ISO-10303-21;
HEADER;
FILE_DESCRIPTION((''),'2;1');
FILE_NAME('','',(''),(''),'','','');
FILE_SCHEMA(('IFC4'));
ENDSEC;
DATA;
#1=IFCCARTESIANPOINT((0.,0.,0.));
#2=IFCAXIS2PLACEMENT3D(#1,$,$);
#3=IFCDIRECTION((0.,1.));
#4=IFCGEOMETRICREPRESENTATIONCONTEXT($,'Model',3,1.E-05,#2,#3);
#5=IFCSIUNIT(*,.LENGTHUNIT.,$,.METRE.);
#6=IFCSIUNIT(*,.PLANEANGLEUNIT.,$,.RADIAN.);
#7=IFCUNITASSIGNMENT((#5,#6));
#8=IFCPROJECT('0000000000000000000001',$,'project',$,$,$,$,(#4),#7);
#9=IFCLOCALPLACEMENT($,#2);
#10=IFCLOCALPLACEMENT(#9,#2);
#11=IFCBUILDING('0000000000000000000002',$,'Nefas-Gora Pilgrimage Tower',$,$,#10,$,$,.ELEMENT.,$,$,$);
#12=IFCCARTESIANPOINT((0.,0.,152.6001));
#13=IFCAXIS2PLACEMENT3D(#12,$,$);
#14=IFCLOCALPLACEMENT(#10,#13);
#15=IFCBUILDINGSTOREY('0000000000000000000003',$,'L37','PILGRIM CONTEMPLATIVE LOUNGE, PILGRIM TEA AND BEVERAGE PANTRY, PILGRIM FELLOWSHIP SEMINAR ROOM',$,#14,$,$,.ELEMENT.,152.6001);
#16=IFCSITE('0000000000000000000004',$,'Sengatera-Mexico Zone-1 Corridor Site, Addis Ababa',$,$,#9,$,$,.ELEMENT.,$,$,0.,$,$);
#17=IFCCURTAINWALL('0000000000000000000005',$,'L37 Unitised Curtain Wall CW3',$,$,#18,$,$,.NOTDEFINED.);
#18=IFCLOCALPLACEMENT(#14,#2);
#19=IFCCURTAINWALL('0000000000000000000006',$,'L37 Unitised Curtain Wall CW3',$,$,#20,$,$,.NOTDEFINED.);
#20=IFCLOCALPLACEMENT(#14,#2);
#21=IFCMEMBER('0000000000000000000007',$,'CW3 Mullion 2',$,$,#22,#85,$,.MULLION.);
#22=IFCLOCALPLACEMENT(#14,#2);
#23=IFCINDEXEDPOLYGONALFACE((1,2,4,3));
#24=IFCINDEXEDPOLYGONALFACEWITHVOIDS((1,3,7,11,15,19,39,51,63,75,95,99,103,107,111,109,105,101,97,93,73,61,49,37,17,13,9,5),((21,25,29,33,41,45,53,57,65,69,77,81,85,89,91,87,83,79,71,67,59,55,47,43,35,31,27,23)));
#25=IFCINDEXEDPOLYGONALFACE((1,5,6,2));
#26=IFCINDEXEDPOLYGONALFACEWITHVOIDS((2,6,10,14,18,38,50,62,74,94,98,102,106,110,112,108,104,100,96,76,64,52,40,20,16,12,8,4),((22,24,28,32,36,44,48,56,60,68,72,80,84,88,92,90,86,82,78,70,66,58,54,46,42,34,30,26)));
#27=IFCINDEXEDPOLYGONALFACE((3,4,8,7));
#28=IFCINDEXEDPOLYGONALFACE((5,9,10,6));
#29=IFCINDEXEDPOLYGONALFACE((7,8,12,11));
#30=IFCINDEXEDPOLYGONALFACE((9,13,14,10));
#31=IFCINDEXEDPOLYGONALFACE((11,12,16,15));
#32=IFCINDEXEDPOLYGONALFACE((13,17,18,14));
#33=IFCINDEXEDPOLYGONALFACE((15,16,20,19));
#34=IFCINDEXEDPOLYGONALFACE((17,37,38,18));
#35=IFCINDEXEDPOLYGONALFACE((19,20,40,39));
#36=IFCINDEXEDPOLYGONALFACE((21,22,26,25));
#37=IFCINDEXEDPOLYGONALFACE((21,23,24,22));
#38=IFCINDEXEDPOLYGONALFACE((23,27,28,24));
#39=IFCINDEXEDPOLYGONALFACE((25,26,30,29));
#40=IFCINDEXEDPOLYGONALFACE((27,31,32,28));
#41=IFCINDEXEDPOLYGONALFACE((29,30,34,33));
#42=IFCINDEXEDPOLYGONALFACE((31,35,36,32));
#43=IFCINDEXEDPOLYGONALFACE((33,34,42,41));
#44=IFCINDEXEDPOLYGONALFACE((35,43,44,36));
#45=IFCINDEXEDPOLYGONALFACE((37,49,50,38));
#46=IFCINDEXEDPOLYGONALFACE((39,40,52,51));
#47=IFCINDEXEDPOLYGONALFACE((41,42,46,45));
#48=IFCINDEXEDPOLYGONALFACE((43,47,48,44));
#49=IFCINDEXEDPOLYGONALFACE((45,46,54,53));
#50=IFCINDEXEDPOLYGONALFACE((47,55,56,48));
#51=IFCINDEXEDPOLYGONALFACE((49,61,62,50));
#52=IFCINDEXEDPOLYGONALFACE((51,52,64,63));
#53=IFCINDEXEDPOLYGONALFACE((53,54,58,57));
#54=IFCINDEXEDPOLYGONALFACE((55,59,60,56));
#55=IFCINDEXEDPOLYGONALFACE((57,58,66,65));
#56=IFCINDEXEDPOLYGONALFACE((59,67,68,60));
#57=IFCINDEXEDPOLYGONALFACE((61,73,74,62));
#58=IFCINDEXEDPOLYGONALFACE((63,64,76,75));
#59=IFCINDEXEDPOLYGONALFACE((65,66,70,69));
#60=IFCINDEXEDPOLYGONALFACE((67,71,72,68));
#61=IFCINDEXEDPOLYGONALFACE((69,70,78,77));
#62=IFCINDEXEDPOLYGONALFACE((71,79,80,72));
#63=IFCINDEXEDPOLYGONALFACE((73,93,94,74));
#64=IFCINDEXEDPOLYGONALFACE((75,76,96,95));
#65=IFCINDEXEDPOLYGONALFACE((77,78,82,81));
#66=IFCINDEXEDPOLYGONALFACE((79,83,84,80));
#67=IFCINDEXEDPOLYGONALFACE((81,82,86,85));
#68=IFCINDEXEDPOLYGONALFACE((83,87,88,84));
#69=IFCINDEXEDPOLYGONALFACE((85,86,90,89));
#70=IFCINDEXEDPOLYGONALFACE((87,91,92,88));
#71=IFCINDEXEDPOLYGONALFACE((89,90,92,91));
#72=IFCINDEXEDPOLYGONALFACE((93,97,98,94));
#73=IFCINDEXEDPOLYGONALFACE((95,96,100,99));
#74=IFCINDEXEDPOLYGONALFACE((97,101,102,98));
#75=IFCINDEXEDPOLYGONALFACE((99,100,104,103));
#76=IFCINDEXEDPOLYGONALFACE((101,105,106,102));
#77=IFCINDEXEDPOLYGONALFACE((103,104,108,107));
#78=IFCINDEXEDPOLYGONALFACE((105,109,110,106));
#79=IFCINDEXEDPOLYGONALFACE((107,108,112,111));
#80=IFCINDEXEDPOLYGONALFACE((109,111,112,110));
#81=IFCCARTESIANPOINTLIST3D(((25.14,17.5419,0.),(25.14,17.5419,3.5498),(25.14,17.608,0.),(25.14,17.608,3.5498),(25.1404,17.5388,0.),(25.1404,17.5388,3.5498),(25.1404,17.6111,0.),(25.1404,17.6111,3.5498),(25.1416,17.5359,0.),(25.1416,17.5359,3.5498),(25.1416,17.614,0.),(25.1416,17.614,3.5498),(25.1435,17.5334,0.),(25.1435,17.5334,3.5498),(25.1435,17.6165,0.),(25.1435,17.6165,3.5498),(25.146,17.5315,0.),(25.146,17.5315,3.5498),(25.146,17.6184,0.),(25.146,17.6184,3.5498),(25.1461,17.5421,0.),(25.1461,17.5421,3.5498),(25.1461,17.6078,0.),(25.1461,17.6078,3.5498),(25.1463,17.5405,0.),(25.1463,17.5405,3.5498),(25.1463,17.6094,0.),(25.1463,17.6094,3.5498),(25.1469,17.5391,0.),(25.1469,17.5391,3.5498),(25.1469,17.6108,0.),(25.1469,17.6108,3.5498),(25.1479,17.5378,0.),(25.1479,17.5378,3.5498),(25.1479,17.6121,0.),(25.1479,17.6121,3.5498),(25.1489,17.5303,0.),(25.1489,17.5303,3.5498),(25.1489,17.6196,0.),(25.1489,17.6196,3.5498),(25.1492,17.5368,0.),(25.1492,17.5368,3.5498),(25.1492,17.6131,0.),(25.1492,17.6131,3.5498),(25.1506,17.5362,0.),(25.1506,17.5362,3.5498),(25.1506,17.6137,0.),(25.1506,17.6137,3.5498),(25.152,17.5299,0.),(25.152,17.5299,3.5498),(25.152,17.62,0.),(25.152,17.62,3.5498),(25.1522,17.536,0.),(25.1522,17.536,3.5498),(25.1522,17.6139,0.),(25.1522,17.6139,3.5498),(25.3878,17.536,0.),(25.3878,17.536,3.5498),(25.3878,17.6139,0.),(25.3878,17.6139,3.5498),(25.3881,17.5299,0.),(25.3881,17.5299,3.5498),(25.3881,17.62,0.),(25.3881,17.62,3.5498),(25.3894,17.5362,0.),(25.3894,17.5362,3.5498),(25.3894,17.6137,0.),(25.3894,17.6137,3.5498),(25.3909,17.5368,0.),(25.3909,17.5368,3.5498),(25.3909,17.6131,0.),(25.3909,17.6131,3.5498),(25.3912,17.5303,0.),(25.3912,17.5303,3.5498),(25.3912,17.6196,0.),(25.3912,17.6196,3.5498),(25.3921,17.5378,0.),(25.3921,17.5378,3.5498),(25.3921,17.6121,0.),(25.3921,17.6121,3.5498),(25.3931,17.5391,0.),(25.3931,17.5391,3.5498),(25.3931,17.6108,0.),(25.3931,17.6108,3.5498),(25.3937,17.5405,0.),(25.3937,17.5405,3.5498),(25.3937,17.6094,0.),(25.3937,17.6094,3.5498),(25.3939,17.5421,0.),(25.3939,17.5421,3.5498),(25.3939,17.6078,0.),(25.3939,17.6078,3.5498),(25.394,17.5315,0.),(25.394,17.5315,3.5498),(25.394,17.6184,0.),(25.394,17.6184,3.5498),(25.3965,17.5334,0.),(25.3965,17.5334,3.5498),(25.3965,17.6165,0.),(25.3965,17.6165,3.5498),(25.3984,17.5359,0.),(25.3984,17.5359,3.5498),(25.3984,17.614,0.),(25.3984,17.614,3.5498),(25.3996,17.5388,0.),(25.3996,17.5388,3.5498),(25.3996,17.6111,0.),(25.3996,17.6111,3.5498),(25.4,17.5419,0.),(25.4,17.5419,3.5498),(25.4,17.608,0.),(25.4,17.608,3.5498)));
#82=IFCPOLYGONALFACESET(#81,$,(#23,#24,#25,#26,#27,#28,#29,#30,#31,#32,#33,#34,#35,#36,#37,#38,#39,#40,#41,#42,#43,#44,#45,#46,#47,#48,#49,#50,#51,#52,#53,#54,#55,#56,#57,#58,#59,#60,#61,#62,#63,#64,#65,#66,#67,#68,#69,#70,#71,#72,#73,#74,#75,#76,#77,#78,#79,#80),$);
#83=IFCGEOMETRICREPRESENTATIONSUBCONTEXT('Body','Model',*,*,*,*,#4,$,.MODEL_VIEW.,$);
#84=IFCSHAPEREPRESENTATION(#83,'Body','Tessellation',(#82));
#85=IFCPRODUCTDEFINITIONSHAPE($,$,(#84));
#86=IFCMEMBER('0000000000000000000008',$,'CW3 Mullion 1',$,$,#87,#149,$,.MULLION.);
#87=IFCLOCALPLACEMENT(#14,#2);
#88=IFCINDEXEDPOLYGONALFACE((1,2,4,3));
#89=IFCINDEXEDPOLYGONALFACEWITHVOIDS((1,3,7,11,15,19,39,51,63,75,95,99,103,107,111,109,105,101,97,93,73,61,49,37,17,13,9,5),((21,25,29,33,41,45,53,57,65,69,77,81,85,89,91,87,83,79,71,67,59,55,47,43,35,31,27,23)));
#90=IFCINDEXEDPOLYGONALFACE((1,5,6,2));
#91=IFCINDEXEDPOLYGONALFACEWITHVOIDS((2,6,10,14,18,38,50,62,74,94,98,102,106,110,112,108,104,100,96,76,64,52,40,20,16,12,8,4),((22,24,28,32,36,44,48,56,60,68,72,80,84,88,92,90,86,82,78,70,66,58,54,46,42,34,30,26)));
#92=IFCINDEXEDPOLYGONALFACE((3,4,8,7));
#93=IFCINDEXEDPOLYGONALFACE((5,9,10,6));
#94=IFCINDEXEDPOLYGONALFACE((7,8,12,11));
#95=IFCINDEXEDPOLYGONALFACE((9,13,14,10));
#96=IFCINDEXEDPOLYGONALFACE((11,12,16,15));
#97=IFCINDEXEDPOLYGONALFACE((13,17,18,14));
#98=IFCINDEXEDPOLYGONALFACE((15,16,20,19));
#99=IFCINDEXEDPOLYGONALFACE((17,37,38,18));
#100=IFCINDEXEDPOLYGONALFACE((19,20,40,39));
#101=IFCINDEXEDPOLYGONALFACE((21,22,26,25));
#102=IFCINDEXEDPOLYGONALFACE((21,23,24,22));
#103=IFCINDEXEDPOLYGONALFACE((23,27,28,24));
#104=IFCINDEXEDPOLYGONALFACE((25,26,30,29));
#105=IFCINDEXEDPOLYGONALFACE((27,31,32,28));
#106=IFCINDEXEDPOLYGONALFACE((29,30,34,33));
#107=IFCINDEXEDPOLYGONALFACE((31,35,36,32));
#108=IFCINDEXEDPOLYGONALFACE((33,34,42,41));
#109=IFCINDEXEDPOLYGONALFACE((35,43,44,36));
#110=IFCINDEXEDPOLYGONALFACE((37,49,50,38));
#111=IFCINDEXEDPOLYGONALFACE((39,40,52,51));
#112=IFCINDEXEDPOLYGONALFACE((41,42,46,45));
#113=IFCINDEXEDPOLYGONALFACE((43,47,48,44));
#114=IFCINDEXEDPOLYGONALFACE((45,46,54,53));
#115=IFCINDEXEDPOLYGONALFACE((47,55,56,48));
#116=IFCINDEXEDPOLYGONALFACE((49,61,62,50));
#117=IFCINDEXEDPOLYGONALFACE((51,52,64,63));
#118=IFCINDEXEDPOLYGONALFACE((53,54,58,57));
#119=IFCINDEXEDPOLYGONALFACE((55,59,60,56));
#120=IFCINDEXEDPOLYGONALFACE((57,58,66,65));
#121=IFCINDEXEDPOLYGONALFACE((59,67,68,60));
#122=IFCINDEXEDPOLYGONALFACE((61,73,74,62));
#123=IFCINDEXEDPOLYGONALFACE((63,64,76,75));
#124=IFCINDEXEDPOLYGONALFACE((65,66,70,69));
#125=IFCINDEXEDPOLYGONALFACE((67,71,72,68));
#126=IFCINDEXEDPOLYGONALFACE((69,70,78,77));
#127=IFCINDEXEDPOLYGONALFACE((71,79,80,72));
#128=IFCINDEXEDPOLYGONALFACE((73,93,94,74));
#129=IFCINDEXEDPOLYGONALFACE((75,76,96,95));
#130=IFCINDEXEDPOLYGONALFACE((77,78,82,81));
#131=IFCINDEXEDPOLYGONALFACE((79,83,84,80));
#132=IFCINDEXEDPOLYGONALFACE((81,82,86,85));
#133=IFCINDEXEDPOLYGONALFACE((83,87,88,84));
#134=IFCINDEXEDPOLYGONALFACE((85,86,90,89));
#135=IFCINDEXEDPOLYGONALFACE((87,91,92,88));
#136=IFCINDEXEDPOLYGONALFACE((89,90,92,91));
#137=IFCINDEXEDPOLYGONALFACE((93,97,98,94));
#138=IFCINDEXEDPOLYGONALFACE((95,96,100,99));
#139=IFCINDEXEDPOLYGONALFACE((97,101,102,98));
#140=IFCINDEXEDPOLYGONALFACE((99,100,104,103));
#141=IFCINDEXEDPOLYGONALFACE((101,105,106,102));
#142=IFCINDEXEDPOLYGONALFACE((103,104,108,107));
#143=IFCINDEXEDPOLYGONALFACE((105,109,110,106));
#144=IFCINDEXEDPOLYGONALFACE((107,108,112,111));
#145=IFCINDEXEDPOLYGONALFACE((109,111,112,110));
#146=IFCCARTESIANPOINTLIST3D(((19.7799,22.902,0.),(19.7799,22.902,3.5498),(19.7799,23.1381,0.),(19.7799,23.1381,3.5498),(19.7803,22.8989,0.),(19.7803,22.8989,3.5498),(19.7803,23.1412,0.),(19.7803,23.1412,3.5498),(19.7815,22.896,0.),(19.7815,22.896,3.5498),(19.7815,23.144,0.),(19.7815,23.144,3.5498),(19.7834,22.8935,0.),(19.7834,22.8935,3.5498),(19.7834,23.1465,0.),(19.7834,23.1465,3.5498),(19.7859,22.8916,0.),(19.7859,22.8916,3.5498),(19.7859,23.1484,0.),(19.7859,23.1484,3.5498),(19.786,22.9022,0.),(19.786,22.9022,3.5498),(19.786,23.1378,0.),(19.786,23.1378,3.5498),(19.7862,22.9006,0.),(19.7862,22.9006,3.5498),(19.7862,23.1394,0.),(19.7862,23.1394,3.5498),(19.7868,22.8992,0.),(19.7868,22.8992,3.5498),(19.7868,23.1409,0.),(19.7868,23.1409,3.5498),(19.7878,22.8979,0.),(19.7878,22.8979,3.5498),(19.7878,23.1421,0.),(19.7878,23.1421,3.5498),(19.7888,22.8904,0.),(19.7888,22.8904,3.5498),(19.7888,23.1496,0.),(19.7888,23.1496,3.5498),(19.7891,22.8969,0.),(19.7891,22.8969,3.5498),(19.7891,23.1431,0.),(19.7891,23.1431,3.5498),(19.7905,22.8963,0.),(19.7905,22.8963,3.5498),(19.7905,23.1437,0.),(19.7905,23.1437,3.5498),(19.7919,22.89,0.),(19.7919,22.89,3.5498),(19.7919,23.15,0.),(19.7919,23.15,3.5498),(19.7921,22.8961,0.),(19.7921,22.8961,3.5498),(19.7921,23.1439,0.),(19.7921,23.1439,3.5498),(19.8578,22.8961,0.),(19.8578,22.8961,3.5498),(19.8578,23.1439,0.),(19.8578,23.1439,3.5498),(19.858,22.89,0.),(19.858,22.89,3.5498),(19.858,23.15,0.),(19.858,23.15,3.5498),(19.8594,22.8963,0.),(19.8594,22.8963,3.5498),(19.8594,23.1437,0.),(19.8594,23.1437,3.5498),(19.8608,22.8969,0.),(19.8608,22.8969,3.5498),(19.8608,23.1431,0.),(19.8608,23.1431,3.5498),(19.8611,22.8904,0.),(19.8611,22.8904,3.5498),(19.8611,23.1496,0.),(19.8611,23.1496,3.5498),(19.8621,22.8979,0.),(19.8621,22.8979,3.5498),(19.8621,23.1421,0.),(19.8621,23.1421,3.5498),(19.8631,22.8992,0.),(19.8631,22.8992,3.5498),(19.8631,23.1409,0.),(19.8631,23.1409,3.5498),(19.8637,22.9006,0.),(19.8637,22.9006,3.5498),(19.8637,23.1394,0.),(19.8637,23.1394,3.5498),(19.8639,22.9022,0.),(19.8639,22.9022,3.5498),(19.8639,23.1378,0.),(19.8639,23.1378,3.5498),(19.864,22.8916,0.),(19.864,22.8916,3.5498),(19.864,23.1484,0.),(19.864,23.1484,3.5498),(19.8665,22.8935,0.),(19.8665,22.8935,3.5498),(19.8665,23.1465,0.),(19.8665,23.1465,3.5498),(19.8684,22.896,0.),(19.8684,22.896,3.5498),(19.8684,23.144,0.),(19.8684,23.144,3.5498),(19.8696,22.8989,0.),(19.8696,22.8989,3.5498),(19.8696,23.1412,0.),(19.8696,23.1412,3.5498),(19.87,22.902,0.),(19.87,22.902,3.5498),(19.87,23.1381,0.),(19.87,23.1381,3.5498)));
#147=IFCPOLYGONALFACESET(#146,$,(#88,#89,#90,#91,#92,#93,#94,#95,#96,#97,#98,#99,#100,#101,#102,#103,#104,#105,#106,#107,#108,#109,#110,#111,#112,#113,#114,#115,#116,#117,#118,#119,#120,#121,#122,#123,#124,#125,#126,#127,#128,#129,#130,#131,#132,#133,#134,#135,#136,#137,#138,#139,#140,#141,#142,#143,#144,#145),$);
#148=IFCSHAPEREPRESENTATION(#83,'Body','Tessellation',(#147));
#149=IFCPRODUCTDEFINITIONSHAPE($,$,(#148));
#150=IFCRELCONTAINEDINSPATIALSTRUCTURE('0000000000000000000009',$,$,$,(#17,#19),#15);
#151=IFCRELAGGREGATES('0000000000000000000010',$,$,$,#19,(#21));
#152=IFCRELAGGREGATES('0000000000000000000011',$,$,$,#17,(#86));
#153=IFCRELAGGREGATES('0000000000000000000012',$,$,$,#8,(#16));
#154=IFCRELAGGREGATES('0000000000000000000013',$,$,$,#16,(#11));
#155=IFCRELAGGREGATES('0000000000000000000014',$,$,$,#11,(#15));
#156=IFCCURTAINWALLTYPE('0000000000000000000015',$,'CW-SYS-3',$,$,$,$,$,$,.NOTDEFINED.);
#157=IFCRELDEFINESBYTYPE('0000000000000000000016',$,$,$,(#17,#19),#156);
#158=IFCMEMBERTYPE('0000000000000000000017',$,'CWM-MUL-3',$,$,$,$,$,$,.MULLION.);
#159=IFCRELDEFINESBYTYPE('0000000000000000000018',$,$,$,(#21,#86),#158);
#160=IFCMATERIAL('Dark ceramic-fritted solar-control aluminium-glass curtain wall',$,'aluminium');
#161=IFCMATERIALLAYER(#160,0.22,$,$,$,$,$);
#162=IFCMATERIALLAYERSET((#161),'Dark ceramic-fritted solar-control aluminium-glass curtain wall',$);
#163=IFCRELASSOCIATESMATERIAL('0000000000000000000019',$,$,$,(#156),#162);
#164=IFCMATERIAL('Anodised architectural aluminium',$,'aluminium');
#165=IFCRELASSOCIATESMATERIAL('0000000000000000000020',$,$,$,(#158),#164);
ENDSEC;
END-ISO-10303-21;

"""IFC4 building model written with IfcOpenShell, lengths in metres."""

from ifc_helpers import new_model, si_unit, direction, frame, origin, origin_2d, place, context, subcontext, project, spatial, hollow_rectangle, extrude, source, transform, mapped, material, layer, layer_set, material_profile, profile_set, type_object, element, aggregate, save


model = new_model("IFC4")

# Units and contexts
model_context = context("Model", 3, precision=1e-05, world=origin(), true_north=direction((0.0, 1.0)))
body_context = subcontext(model_context, "Body", "Model", "MODEL_VIEW")
ifc_project = project(units=[si_unit("LENGTHUNIT", "METRE"), si_unit("PLANEANGLEUNIT", "RADIAN")], contexts=[model_context])

# Site, building, storey
site_placement = place(None, origin())
site = spatial("IfcSite", under=ifc_project, at=site_placement, Name="Sengatera-Mexico Zone-1 Corridor Site, Addis Ababa", CompositionType="ELEMENT", RefElevation=0.0)
building_placement = place(site_placement, origin())
building = spatial("IfcBuilding", under=site, at=building_placement, Name="Nefas-Gora Pilgrimage Tower", CompositionType="ELEMENT")
storey_placement = place(building_placement, frame((0.0, 0.0, 152.6001)))
storey = spatial("IfcBuildingStorey", under=building, at=storey_placement, Name="L37", Description="PILGRIM CONTEMPLATIVE LOUNGE, PILGRIM TEA AND BEVERAGE PANTRY, PILGRIM FELLOWSHIP SEMINAR ROOM", CompositionType="ELEMENT", Elevation=152.6001)

# Curtain walls, member
ifc_material_1 = material(Name="Dark ceramic-fritted solar-control aluminium-glass curtain wall", Category="aluminium")
ifc_layer_1 = layer(ifc_material_1, 0.22)
ifc_layer_set_1 = layer_set([ifc_layer_1], Name="Dark ceramic-fritted solar-control aluminium-glass curtain wall")
curtain_wall_type = type_object("IfcCurtainWallType", Name="CW-SYS-3", PredefinedType="NOTDEFINED", material=ifc_layer_set_1)
curtain_wall_1_placement = place(storey_placement, origin())
curtain_wall_1 = element("IfcCurtainWall", 1, at=curtain_wall_1_placement, inside=storey, type_object=curtain_wall_type, Name="L37 Unitised Curtain Wall CW3", PredefinedType="NOTDEFINED")
ifc_material_2 = material(Name="Anodised architectural aluminium", Category="aluminium")
curtain_wall_2_placement = place(storey_placement, origin())
curtain_wall_2 = element("IfcCurtainWall", 2, at=curtain_wall_2_placement, inside=storey, type_object=curtain_wall_type, Name="L37 Unitised Curtain Wall CW3", PredefinedType="NOTDEFINED")
ifc_material_profile_1 = material_profile(ifc_material_2, hollow_rectangle(XDim=0.0901, YDim=0.26, WallThickness=0.0061, InnerFilletRadius=0.0061, OuterFilletRadius=0.012, at=origin_2d()), Name="ALU MULLION 90x260")
ifc_profile_set_1 = profile_set([ifc_material_profile_1], Name="Anodised architectural aluminium")
member_type_1 = type_object("IfcMemberType", Name="CWM-MUL-3", PredefinedType="MULLION", material=ifc_profile_set_1)
shared_shape_1 = source(origin(), body_context, "Body", "SweptSolid", [
    extrude(hollow_rectangle(XDim=0.0901, YDim=0.26, WallThickness=0.0061, InnerFilletRadius=0.0061, OuterFilletRadius=0.012, at=origin_2d()), origin(), (0.0, 0.0, 1.0), 3.5498),
])
member_1_placement = place(storey_placement, frame((25.27, 17.575, 0.0), z_axis=(0.0, 0.0, 1.0), x_axis=(0.0, 1.0, 0.0)))
member_1 = element("IfcMember", 3, at=member_1_placement, type_object=member_type_1, Name="CW3 Mullion 2", PredefinedType="MULLION", context=body_context, shape_type="MappedRepresentation", body=[
    mapped(shared_shape_1, transform((0.0, 0.0, 0.0), x_axis=(1.0, 0.0, 0.0), y_axis=(0.0, 1.0, 0.0), z_axis=(0.0, 0.0, 1.0), scale=1.0)),
])
aggregate(curtain_wall_2, [member_1])

# Member
member_2_placement = place(storey_placement, frame((19.825, 23.02, 0.0), z_axis=(0.0, 0.0, 1.0), x_axis=(-1.0, 0.0, 0.0)))
member_2 = element("IfcMember", 4, at=member_2_placement, type_object=member_type_1, Name="CW3 Mullion 1", PredefinedType="MULLION", context=body_context, shape_type="MappedRepresentation", body=[
    mapped(shared_shape_1, transform((0.0, 0.0, 0.0), x_axis=(1.0, 0.0, 0.0), y_axis=(0.0, 1.0, 0.0), z_axis=(0.0, 0.0, 1.0), scale=1.0)),
])

aggregate(curtain_wall_1, [member_2])

save(model, "model.ifc")
